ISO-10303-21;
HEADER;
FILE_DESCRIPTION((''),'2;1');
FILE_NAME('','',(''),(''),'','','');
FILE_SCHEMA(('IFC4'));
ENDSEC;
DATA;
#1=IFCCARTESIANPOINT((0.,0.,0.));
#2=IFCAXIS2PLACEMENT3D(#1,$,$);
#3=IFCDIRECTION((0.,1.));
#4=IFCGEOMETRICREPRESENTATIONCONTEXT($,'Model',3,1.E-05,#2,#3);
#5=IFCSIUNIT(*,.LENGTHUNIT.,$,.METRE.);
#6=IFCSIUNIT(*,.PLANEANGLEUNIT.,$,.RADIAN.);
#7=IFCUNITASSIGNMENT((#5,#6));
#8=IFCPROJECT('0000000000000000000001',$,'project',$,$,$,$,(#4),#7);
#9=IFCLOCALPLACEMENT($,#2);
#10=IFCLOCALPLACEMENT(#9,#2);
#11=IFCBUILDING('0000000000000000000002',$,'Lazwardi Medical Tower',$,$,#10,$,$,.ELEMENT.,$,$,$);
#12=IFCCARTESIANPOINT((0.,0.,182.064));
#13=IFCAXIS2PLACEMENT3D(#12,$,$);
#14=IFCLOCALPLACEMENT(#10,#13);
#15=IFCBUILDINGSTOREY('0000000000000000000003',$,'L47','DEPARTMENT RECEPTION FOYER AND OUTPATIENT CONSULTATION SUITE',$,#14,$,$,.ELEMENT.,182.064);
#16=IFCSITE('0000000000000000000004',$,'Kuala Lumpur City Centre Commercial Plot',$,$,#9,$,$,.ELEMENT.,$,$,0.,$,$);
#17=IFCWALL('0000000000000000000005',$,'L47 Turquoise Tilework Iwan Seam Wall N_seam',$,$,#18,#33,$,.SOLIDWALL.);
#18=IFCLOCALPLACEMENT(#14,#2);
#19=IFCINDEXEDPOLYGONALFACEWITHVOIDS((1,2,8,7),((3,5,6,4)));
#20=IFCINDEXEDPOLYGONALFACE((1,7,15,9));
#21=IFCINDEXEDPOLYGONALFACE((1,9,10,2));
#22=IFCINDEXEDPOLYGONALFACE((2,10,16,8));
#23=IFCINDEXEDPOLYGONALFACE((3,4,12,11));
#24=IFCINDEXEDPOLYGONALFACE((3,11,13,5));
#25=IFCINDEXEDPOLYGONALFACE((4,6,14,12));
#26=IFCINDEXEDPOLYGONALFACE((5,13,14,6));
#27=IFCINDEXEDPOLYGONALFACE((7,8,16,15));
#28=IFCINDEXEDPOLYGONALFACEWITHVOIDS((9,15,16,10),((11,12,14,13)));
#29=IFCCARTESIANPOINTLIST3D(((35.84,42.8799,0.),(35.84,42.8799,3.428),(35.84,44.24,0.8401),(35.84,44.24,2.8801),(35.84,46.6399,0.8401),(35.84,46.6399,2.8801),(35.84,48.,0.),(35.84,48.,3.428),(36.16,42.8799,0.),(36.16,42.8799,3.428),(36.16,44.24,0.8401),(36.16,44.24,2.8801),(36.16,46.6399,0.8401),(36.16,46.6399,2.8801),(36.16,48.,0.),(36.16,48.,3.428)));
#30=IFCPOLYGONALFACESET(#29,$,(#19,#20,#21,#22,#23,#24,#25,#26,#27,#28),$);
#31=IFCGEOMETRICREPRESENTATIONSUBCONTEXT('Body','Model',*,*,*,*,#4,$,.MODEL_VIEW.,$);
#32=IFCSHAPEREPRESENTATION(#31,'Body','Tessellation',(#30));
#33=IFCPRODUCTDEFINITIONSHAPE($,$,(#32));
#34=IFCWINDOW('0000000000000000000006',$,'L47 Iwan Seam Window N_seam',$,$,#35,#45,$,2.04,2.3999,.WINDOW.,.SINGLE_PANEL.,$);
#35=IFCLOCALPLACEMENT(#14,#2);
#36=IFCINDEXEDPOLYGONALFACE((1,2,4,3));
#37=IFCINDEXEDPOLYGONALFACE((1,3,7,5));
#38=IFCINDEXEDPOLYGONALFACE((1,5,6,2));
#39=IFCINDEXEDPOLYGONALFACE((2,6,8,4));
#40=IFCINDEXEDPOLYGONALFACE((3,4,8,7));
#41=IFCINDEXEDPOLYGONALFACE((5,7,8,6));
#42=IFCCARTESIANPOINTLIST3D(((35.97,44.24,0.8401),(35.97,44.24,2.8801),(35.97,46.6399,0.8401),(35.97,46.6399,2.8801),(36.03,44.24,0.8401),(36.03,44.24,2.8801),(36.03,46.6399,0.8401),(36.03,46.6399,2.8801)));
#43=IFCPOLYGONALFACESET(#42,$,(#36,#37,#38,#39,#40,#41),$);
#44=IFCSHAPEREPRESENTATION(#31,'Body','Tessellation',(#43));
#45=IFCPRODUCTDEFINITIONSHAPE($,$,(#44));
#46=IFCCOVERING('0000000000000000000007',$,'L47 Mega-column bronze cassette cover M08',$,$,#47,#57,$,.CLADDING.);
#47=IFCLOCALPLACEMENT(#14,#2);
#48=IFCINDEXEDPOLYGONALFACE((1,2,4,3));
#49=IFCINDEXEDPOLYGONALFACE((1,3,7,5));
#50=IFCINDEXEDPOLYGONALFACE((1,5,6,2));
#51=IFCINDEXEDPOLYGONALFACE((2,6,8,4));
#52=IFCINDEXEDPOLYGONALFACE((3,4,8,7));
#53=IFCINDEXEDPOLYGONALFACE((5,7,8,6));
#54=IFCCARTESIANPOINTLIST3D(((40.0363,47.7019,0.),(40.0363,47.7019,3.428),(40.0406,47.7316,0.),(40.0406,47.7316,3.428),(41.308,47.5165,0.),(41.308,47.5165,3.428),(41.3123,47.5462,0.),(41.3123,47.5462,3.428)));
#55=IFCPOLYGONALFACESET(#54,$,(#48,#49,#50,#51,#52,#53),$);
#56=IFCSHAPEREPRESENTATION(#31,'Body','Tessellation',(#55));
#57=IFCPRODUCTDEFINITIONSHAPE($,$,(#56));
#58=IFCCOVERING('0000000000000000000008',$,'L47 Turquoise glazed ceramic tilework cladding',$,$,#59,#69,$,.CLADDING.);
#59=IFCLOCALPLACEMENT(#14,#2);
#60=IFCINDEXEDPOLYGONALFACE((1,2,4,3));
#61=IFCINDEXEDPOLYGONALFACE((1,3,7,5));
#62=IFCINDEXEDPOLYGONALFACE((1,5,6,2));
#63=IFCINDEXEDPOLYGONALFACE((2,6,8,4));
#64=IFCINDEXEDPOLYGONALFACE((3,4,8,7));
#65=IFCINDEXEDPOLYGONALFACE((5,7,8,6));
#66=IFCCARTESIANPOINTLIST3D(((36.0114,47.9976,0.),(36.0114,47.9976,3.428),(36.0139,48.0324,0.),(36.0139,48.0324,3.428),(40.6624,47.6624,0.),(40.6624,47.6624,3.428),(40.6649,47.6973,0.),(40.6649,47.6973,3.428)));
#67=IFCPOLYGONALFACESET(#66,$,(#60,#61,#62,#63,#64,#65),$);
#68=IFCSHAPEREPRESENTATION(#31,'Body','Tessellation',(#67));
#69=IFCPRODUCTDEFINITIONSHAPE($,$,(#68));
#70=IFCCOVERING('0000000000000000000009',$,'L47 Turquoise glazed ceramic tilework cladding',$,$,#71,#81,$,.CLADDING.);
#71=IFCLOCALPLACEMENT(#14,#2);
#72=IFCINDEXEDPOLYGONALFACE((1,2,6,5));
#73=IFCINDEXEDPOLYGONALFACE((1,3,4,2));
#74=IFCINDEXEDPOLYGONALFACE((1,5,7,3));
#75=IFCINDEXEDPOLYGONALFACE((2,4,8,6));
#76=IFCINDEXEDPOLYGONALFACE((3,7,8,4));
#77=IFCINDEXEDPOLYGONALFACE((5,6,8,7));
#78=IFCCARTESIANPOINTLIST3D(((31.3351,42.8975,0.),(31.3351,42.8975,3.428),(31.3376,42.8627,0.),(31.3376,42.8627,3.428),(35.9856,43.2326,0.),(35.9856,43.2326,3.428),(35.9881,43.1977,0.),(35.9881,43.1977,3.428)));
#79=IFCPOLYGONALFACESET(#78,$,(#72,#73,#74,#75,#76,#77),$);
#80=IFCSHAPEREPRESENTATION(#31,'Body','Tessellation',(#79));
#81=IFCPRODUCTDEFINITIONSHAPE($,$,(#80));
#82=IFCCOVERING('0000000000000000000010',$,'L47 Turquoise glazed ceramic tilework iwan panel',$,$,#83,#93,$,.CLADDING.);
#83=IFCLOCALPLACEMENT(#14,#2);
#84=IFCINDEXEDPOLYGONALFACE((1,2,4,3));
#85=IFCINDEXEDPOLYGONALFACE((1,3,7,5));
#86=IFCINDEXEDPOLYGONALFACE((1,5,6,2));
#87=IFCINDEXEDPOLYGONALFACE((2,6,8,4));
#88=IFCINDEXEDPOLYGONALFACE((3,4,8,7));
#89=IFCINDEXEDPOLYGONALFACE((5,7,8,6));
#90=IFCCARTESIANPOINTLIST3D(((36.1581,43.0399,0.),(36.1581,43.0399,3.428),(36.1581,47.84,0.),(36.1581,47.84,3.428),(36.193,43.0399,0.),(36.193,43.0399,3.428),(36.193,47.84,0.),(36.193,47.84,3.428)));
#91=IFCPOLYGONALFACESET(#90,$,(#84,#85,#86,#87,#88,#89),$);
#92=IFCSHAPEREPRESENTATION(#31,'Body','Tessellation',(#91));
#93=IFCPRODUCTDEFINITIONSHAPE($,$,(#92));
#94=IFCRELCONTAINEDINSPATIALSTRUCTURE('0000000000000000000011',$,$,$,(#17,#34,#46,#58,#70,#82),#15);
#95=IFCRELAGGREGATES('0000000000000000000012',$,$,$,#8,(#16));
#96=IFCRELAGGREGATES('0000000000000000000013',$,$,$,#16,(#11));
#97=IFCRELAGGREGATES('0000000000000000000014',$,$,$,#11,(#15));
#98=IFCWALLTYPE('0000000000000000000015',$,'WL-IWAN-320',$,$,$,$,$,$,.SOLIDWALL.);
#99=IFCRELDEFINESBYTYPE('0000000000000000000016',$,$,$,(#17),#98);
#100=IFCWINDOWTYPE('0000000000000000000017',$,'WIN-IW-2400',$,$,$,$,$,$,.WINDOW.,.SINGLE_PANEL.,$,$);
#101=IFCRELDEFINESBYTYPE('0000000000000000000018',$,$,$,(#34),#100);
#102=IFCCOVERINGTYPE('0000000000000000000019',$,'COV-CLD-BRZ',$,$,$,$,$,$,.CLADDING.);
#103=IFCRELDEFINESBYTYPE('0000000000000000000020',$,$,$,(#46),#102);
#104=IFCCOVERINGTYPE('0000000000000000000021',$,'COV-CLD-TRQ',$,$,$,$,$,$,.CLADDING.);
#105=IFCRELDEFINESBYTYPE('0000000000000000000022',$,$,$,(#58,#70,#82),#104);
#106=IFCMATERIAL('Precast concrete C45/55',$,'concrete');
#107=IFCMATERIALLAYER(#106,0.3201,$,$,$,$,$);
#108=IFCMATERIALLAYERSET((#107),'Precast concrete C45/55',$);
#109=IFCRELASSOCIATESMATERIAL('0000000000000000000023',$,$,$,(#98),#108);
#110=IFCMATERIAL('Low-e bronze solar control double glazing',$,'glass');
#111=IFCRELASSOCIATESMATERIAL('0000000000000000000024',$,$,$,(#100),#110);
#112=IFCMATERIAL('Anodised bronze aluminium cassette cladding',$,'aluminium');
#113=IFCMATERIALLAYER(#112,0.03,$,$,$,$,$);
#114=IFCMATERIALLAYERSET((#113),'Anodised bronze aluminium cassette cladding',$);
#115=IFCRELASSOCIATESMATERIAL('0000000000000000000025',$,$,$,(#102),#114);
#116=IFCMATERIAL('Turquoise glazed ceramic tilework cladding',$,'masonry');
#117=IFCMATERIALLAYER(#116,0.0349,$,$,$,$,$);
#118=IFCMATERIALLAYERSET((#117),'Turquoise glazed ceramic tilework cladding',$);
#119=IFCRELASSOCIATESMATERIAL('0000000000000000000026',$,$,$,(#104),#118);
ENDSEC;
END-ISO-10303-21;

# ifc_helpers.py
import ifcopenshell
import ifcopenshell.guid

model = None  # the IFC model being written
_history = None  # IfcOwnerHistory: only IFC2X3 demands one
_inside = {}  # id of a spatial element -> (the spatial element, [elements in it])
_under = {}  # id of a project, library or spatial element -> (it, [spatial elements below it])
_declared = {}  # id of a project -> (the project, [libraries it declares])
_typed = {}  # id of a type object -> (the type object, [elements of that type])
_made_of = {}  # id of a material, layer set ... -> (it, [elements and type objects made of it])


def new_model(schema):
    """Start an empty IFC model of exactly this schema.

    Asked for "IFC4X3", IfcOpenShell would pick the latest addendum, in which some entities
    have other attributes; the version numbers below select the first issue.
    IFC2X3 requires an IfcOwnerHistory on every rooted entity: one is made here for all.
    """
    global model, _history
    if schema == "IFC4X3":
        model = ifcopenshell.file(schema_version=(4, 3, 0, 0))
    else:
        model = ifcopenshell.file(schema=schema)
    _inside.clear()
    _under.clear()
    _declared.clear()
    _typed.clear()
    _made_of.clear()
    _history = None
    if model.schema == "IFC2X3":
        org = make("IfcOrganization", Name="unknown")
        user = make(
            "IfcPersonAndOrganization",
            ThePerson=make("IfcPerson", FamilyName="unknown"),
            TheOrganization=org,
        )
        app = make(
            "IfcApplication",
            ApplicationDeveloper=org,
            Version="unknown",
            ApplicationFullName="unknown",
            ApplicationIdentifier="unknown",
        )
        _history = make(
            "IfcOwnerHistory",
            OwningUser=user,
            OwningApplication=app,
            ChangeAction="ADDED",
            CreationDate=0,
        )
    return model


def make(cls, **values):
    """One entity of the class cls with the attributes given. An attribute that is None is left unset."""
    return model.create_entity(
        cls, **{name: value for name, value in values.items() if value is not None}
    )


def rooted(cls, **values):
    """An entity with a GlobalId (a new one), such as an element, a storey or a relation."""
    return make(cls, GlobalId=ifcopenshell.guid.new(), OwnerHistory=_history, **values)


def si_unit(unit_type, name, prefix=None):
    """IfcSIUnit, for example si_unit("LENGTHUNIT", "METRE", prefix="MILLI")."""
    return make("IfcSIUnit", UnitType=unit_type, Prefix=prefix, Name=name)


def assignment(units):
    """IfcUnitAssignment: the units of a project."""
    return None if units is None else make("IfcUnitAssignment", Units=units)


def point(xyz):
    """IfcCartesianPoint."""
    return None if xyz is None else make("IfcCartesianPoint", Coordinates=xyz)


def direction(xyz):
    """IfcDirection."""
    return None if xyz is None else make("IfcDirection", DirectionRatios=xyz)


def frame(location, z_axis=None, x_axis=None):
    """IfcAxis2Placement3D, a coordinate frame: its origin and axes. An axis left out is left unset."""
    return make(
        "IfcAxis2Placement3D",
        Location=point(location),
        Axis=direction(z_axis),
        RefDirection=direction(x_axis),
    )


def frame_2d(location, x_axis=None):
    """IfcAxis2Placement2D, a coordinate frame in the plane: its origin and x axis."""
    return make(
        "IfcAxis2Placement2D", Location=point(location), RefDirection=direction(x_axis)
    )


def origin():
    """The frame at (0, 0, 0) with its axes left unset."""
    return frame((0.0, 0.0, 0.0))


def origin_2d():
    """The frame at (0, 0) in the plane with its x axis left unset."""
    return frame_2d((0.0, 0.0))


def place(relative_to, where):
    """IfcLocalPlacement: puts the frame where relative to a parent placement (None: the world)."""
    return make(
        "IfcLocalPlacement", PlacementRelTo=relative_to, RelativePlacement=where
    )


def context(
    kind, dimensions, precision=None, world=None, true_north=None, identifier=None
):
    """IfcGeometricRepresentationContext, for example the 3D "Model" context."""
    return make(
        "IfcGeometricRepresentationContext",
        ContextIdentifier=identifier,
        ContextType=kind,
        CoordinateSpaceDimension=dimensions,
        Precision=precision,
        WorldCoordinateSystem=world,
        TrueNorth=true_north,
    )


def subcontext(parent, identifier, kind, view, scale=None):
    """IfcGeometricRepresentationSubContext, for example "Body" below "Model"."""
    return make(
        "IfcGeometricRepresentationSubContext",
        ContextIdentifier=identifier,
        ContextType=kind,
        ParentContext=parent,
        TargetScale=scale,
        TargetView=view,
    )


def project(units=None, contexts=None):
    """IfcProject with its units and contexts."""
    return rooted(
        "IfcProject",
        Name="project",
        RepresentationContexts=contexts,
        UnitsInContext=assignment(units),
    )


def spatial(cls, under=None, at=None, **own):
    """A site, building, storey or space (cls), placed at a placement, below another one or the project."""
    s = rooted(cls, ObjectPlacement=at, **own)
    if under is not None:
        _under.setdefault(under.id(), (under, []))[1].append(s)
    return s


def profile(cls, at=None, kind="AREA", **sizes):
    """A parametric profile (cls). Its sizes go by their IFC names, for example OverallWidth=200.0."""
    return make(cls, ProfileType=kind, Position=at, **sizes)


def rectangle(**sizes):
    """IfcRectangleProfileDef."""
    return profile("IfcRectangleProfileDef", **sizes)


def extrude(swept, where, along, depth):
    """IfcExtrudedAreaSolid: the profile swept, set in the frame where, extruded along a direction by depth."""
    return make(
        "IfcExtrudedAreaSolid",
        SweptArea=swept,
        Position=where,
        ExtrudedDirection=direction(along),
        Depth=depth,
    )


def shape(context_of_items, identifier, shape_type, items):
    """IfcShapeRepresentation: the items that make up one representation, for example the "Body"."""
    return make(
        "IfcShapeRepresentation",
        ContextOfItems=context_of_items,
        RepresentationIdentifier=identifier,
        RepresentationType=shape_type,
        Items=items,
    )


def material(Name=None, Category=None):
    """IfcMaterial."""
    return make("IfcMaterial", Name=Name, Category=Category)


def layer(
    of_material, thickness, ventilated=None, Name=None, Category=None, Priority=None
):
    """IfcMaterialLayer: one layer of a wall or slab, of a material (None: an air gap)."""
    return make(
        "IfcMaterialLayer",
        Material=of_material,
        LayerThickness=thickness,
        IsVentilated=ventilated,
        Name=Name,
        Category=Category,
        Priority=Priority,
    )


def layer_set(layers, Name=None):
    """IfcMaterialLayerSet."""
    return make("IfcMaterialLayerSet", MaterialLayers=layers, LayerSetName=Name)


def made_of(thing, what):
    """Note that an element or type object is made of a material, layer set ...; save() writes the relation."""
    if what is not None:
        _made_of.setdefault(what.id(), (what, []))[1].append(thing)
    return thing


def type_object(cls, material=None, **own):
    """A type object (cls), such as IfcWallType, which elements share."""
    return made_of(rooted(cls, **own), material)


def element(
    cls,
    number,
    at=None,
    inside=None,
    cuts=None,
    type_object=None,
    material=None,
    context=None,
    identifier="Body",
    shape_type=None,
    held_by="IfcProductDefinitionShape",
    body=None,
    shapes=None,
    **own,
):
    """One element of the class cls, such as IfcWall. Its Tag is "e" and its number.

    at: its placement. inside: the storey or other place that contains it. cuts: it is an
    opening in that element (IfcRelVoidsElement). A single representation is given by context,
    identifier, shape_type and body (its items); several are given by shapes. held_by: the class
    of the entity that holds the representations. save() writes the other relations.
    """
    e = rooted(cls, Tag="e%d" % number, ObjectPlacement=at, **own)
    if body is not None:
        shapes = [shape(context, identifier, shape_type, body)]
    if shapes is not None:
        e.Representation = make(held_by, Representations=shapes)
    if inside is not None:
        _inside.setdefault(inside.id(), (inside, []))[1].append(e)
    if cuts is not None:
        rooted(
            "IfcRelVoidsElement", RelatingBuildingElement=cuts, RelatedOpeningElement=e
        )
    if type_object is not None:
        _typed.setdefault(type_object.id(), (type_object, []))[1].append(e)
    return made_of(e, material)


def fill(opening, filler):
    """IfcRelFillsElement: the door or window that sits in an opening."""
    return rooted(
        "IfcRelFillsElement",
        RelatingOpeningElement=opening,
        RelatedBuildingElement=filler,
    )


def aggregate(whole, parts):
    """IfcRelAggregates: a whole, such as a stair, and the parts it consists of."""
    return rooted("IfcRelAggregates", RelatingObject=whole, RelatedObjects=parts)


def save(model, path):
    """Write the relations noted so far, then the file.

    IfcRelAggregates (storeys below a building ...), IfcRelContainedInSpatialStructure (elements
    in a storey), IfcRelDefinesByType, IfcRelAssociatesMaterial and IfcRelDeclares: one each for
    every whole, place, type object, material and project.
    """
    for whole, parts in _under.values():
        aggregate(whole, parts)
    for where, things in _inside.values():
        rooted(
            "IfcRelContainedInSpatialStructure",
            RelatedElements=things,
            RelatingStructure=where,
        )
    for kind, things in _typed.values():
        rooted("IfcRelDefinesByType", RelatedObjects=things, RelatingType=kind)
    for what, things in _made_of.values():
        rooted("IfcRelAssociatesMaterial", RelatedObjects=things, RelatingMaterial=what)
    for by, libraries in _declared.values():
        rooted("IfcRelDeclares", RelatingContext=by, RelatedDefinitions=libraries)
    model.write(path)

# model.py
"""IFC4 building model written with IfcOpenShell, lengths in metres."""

from ifc_helpers import new_model, si_unit, direction, frame, frame_2d, origin, origin_2d, place, context, subcontext, project, spatial, rectangle, extrude, material, layer, layer_set, type_object, element, fill, save


model = new_model("IFC4")

# Units and contexts
model_context = context("Model", 3, precision=1e-05, world=origin(), true_north=direction((0.0, 1.0)))
body_context = subcontext(model_context, "Body", "Model", "MODEL_VIEW")
ifc_project = project(units=[si_unit("LENGTHUNIT", "METRE"), si_unit("PLANEANGLEUNIT", "RADIAN")], contexts=[model_context])

# Site, building, storey
site_placement = place(None, origin())
site = spatial("IfcSite", under=ifc_project, at=site_placement, Name="Kuala Lumpur City Centre Commercial Plot", CompositionType="ELEMENT", RefElevation=0.0)
building_placement = place(site_placement, origin())
building = spatial("IfcBuilding", under=site, at=building_placement, Name="Lazwardi Medical Tower", CompositionType="ELEMENT")
storey_placement = place(building_placement, frame((0.0, 0.0, 182.064)))
storey = spatial("IfcBuildingStorey", under=building, at=storey_placement, Name="L47", Description="DEPARTMENT RECEPTION FOYER AND OUTPATIENT CONSULTATION SUITE", CompositionType="ELEMENT", Elevation=182.064)

# Shared definitions
ifc_material_1 = material(Name="Low-e bronze solar control double glazing", Category="glass")

# Wall, opening, window
ifc_material_2 = material(Name="Precast concrete C45/55", Category="concrete")
ifc_layer_1 = layer(ifc_material_2, 0.3201)
ifc_layer_set_1 = layer_set([ifc_layer_1], Name="Precast concrete C45/55")
wall_type_1 = type_object("IfcWallType", Name="WL-IWAN-320", PredefinedType="SOLIDWALL", material=ifc_layer_set_1)
wall_1_placement = place(storey_placement, frame((36.0, 48.0, 0.0), z_axis=(0.0, 0.0, 1.0), x_axis=(0.0, -1.0, 0.0)))
wall_1 = element("IfcWall", 1, at=wall_1_placement, inside=storey, type_object=wall_type_1, Name="L47 Turquoise Tilework Iwan Seam Wall N_seam", PredefinedType="SOLIDWALL", context=body_context, shape_type="SweptSolid", body=[
    extrude(rectangle(XDim=5.1201, YDim=0.3201, at=frame_2d((2.5601, 0.0))), origin(), (0.0, 0.0, 1.0), 3.428),
])
opening_1_placement = place(wall_1_placement, frame((1.3601, 0.0, 0.8401)))
opening_1 = element("IfcOpeningElement", 2, at=opening_1_placement, cuts=wall_1, PredefinedType="OPENING", context=body_context, shape_type="SweptSolid", body=[
    extrude(rectangle(XDim=2.3999, YDim=2.04, at=frame_2d((1.2, 1.02))), frame((0.0, 0.1699, 0.0), z_axis=(0.0, -1.0, 0.0), x_axis=(1.0, 0.0, 0.0)), (0.0, 0.0, 1.0), 0.3401),
])
window_type_1 = type_object("IfcWindowType", Name="WIN-IW-2400", PartitioningType="SINGLE_PANEL", PredefinedType="WINDOW", material=ifc_material_1)
window_1_placement = place(opening_1_placement, origin())
window_1 = element("IfcWindow", 3, at=window_1_placement, inside=storey, type_object=window_type_1, Name="L47 Iwan Seam Window N_seam", OverallHeight=2.04, OverallWidth=2.3999, PartitioningType="SINGLE_PANEL", PredefinedType="WINDOW", context=body_context, shape_type="SweptSolid", body=[
    extrude(rectangle(XDim=2.3999, YDim=2.04, at=frame_2d((1.2, 1.02))), frame((0.0, 0.03, 0.0), z_axis=(0.0, -1.0, 0.0), x_axis=(1.0, 0.0, 0.0)), (0.0, 0.0, 1.0), 0.0601),
])
fill(opening_1, window_1)

# Coverings
ifc_material_3 = material(Name="Anodised bronze aluminium cassette cladding", Category="aluminium")
ifc_layer_2 = layer(ifc_material_3, 0.03)
ifc_layer_set_2 = layer_set([ifc_layer_2], Name="Anodised bronze aluminium cassette cladding")
covering_type_1 = type_object("IfcCoveringType", Name="COV-CLD-BRZ", PredefinedType="CLADDING", material=ifc_layer_set_2)
covering_1_placement = place(storey_placement, frame((40.6743, 47.624, 0.0), z_axis=(0.0, 0.0, 1.0), x_axis=(-0.989539, 0.144265, 0.0)))
element("IfcCovering", 4, at=covering_1_placement, inside=storey, type_object=covering_type_1, Name="L47 Mega-column bronze cassette cover M08", PredefinedType="CLADDING", context=body_context, shape_type="SweptSolid", body=[
    extrude(rectangle(XDim=1.2852, YDim=0.03, at=origin_2d()), origin(), (0.0, 0.0, 1.0), 3.428),
])
ifc_material_4 = material(Name="Turquoise glazed ceramic tilework cladding", Category="masonry")
ifc_layer_3 = layer(ifc_material_4, 0.0349)
ifc_layer_set_3 = layer_set([ifc_layer_3], Name="Turquoise glazed ceramic tilework cladding")
covering_type_2 = type_object("IfcCoveringType", Name="COV-CLD-TRQ", PredefinedType="CLADDING", material=ifc_layer_set_3)
covering_2_placement = place(storey_placement, frame((38.3381, 47.8474, 0.0), z_axis=(0.0, 0.0, 1.0), x_axis=(-0.997415, 0.071863, 0.0)))
element("IfcCovering", 5, at=covering_2_placement, inside=storey, type_object=covering_type_2, Name="L47 Turquoise glazed ceramic tilework cladding", PredefinedType="CLADDING", context=body_context, shape_type="SweptSolid", body=[
    extrude(rectangle(XDim=4.6631, YDim=0.0349, at=origin_2d()), origin(), (0.0, 0.0, 1.0), 3.428),
])
covering_3_placement = place(storey_placement, frame((33.6616, 43.0476, 0.0), z_axis=(0.0, 0.0, 1.0), x_axis=(-0.997414, -0.071868, 0.0)))
element("IfcCovering", 6, at=covering_3_placement, inside=storey, type_object=covering_type_2, Name="L47 Turquoise glazed ceramic tilework cladding", PredefinedType="CLADDING", context=body_context, shape_type="SweptSolid", body=[
    extrude(rectangle(XDim=4.6626, YDim=0.0349, at=origin_2d()), origin(), (0.0, 0.0, 1.0), 3.428),
])
covering_4_placement = place(storey_placement, frame((36.1755, 45.4399, 0.0), z_axis=(0.0, 0.0, 1.0), x_axis=(0.0, -1.0, 0.0)))
element("IfcCovering", 7, at=covering_4_placement, inside=storey, type_object=covering_type_2, Name="L47 Turquoise glazed ceramic tilework iwan panel", PredefinedType="CLADDING", context=body_context, shape_type="SweptSolid", body=[
    extrude(rectangle(XDim=4.8, YDim=0.0349, at=origin_2d()), origin(), (0.0, 0.0, 1.0), 3.428),
])

save(model, "model.ifc")
